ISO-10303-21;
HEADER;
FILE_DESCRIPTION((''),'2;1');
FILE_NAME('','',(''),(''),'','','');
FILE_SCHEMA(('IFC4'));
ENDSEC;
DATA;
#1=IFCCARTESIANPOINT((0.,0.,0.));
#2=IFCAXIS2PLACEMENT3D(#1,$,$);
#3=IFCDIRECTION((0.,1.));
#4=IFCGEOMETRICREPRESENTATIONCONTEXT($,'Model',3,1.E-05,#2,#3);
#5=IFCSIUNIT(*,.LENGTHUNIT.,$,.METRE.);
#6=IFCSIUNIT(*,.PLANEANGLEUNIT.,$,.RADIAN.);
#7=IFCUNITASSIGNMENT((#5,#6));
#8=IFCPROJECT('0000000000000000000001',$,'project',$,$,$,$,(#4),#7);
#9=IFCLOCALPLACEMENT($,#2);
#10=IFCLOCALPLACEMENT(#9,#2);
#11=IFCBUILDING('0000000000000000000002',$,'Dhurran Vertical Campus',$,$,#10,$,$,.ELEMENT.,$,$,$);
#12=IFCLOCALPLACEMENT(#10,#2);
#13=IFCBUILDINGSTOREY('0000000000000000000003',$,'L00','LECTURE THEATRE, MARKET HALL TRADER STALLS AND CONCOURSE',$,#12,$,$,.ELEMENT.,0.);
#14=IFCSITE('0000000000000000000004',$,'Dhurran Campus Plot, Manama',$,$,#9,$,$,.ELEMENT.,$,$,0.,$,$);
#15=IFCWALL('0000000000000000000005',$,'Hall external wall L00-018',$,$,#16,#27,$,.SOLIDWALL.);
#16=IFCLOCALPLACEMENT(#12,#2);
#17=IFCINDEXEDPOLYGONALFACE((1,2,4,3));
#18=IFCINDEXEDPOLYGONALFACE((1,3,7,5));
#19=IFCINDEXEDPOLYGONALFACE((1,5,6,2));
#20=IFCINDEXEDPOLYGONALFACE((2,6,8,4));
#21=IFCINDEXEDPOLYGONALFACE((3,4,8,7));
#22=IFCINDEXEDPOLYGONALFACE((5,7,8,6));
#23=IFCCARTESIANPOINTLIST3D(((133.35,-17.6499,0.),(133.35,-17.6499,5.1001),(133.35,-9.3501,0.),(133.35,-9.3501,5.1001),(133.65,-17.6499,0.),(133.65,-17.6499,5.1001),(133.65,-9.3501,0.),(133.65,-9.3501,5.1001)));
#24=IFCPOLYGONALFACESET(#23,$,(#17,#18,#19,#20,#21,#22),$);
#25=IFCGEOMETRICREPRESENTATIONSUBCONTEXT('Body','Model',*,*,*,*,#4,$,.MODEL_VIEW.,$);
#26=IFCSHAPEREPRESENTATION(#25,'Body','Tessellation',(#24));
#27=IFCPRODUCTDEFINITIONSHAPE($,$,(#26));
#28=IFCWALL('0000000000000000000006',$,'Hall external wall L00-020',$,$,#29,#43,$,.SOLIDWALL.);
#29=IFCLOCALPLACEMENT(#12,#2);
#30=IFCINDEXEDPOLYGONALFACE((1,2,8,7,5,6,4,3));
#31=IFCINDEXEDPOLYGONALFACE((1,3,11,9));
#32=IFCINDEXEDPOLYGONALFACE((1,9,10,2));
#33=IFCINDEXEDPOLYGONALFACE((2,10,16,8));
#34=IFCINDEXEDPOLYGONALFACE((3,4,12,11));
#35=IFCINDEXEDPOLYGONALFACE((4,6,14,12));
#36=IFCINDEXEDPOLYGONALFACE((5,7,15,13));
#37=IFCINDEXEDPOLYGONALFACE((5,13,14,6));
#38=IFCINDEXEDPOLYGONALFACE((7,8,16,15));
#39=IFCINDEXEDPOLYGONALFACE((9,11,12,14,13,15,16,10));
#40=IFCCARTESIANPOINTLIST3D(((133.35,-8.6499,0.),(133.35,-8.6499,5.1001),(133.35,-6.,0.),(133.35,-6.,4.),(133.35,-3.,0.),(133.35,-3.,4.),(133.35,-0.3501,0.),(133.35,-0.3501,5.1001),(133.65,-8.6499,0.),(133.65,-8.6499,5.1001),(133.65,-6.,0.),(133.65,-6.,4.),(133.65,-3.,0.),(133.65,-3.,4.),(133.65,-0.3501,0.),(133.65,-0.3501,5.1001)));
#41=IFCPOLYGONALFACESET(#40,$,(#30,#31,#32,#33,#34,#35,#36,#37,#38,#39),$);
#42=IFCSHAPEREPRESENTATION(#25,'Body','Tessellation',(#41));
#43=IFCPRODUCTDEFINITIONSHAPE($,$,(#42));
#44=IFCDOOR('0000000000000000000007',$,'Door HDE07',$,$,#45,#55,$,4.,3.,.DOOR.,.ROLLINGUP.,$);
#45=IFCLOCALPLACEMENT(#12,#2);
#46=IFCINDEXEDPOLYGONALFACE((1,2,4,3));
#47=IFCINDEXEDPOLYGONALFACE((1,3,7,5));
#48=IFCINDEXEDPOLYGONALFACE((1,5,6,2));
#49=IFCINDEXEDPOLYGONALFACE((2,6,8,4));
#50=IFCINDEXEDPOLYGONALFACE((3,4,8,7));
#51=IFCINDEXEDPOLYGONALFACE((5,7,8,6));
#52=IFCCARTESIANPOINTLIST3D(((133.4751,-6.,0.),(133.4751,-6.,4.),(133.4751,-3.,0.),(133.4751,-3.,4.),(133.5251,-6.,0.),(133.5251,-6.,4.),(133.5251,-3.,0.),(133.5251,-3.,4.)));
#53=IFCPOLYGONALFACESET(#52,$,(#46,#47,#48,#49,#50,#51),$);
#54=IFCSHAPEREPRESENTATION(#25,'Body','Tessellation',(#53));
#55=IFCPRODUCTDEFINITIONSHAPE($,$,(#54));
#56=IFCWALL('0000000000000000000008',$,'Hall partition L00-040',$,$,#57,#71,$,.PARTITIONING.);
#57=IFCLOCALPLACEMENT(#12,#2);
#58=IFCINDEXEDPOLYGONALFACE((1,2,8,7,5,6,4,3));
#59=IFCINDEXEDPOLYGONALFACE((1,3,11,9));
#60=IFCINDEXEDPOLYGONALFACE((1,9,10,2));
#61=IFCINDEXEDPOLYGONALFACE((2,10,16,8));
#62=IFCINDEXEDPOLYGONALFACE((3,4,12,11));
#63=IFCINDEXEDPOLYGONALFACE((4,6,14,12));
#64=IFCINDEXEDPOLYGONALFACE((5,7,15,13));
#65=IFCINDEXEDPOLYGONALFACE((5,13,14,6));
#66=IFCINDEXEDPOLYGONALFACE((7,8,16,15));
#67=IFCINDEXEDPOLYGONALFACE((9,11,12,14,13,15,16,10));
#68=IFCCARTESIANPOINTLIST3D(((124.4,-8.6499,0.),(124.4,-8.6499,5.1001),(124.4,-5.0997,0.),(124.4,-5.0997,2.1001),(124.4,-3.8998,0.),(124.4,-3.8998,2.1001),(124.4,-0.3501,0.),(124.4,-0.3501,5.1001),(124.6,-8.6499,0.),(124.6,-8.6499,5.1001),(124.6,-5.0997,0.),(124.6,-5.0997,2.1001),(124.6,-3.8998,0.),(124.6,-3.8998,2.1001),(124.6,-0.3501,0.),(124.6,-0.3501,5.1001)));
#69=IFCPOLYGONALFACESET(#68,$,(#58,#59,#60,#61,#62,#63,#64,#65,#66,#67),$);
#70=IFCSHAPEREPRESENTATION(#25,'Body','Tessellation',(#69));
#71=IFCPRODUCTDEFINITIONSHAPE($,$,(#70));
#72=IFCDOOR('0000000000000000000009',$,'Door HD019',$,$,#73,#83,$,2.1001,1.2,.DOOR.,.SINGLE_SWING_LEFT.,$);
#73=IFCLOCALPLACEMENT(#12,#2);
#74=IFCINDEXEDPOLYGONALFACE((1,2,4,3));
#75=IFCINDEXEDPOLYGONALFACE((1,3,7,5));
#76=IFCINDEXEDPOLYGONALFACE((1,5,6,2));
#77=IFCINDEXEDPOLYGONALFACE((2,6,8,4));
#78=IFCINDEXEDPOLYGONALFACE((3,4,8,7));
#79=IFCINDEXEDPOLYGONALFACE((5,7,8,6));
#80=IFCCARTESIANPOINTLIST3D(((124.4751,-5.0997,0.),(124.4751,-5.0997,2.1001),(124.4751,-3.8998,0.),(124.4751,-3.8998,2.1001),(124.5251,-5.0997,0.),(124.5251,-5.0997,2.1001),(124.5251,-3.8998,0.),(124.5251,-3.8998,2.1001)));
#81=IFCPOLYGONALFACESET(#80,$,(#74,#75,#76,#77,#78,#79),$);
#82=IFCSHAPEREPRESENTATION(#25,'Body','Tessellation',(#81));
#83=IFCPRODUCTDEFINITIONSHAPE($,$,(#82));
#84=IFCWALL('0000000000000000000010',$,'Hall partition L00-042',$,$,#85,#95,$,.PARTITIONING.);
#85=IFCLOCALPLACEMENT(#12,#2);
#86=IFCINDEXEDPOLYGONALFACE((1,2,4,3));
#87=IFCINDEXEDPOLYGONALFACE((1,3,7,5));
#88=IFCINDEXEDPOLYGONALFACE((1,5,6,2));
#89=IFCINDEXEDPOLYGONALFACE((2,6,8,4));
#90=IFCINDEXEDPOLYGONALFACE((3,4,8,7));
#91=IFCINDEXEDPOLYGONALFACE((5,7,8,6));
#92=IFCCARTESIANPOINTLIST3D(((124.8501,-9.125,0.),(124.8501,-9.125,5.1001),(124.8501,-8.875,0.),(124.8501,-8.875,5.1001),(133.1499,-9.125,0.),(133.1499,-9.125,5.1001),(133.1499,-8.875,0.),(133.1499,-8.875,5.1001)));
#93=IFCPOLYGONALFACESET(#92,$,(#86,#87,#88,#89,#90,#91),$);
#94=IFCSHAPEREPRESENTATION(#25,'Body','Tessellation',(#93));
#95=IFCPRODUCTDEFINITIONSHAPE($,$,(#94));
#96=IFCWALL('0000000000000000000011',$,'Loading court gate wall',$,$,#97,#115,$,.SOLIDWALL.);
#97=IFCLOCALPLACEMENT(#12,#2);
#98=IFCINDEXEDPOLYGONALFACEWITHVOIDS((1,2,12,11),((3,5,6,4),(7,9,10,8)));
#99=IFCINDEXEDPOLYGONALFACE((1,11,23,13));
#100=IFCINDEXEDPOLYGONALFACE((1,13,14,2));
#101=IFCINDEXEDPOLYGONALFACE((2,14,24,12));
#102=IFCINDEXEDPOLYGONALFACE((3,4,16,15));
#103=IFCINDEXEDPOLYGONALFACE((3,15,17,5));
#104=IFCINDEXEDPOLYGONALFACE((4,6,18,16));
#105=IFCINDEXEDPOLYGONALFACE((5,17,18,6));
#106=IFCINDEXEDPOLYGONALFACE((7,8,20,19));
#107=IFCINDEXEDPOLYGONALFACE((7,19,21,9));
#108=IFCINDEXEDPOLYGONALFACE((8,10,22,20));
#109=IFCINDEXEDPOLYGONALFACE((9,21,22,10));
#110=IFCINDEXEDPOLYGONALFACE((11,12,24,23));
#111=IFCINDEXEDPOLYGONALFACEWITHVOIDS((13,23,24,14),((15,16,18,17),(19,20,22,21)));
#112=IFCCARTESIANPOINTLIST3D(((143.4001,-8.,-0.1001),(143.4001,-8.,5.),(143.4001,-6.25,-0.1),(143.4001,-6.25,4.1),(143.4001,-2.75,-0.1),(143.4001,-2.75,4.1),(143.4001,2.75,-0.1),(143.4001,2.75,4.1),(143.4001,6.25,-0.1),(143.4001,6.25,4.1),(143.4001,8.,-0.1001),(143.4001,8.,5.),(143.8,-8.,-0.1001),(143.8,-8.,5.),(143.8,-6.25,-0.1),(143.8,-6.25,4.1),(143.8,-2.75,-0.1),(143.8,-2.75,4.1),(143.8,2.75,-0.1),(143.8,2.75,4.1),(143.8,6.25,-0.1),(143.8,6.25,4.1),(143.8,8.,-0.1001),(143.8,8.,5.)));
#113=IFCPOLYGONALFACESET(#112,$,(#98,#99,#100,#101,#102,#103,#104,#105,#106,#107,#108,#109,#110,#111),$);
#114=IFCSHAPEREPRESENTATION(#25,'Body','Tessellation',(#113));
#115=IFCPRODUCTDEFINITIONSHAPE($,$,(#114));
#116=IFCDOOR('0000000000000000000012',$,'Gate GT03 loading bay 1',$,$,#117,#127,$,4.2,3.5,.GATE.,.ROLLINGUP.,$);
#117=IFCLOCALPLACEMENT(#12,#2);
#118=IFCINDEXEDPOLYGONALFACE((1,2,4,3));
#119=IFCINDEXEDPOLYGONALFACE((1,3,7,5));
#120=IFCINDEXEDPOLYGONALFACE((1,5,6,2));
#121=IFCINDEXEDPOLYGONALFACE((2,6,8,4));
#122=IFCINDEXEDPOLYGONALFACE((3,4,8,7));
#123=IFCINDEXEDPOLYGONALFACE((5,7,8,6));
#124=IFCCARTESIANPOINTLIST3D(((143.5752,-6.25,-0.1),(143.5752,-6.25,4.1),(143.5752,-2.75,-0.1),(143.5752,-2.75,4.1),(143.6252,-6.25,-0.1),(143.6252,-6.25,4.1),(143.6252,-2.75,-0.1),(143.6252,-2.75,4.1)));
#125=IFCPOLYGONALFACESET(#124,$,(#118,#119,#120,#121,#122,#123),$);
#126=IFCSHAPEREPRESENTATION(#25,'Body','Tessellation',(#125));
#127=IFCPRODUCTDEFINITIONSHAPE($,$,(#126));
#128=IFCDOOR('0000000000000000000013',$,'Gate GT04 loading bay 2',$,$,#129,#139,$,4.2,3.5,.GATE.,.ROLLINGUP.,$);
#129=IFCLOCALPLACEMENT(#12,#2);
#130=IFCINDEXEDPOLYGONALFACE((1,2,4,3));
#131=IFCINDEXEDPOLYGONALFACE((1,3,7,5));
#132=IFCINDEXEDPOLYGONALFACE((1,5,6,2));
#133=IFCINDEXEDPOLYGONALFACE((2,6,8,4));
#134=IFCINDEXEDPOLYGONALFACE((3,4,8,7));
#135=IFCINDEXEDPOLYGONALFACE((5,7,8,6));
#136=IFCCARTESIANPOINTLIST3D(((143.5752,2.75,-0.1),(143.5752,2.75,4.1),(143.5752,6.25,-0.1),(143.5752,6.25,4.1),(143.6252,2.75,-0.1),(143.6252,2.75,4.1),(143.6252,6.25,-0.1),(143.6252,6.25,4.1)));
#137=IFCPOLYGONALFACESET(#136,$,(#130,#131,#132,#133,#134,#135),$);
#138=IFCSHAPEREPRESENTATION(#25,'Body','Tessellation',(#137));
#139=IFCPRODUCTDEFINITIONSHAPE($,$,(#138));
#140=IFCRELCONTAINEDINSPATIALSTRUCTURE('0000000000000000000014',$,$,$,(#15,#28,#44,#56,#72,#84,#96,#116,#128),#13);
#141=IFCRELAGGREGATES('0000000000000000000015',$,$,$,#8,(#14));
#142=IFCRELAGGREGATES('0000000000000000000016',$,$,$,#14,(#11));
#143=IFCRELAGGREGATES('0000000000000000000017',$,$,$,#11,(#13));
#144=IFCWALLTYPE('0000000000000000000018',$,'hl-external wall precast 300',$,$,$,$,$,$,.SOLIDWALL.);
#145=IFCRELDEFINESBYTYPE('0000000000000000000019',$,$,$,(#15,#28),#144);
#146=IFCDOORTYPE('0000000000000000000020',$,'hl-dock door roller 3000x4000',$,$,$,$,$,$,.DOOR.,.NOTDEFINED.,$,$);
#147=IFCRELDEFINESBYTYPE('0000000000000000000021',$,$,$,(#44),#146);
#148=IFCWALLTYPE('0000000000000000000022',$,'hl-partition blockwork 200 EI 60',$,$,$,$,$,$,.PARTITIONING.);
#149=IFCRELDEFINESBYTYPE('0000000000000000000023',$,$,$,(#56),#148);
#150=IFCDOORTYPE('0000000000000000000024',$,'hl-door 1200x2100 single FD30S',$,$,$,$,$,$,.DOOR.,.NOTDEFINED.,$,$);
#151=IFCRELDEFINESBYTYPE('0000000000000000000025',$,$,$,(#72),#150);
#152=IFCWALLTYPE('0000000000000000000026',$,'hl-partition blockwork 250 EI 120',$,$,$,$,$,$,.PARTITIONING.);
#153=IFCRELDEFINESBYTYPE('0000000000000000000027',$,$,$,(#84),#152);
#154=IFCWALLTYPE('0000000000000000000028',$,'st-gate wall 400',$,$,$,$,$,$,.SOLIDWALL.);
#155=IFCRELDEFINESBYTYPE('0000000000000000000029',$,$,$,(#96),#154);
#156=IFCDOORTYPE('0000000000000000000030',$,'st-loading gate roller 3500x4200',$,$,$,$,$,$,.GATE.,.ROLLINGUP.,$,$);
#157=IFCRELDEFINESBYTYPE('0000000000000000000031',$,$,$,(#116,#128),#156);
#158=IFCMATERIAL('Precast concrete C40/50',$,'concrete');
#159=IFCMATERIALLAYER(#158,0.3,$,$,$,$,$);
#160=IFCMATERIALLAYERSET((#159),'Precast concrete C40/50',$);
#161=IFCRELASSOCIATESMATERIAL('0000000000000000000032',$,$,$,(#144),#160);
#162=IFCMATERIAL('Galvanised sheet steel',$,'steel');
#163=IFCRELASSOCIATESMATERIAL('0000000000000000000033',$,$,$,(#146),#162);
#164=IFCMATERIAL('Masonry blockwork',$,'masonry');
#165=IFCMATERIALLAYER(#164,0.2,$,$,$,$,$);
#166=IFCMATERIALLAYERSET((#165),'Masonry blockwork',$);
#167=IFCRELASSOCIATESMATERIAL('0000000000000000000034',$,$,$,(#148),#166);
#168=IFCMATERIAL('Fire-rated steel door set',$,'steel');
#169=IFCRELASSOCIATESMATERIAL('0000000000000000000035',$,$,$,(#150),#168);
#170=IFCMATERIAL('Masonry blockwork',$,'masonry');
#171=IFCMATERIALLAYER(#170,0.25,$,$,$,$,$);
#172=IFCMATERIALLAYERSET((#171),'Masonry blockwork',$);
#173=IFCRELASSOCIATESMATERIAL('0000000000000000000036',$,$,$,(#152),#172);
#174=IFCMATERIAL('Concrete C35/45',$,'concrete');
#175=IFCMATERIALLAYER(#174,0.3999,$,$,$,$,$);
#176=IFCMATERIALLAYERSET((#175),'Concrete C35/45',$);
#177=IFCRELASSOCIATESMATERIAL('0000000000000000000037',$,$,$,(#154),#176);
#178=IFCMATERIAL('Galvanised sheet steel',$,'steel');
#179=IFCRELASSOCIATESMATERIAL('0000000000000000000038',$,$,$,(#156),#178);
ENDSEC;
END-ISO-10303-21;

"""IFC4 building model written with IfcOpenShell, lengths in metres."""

from ifc_helpers import new_model, si_unit, direction, frame, frame_2d, origin, place, context, subcontext, project, spatial, rectangle, extrude, material, layer, layer_set, type_object, element, fill, save


model = new_model("IFC4")

# Units and contexts
model_context = context("Model", 3, precision=1e-05, world=origin(), true_north=direction((0.0, 1.0)))
body_context = subcontext(model_context, "Body", "Model", "MODEL_VIEW")
ifc_project = project(units=[si_unit("LENGTHUNIT", "METRE"), si_unit("PLANEANGLEUNIT", "RADIAN")], contexts=[model_context])

# Site, building, storey
site_placement = place(None, origin())
site = spatial("IfcSite", under=ifc_project, at=site_placement, Name="Dhurran Campus Plot, Manama", CompositionType="ELEMENT", RefElevation=0.0)
building_placement = place(site_placement, origin())
building = spatial("IfcBuilding", under=site, at=building_placement, Name="Dhurran Vertical Campus", CompositionType="ELEMENT")
storey_placement = place(building_placement, origin())
storey = spatial("IfcBuildingStorey", under=building, at=storey_placement, Name="L00", Description="LECTURE THEATRE, MARKET HALL TRADER STALLS AND CONCOURSE", CompositionType="ELEMENT", Elevation=0.0)

# Wall
ifc_material_1 = material(Name="Precast concrete C40/50", Category="concrete")
ifc_layer_1 = layer(ifc_material_1, 0.3)
ifc_layer_set_1 = layer_set([ifc_layer_1], Name="Precast concrete C40/50")
wall_type_1 = type_object("IfcWallType", Name="hl-external wall precast 300", PredefinedType="SOLIDWALL", material=ifc_layer_set_1)
wall_1_placement = place(storey_placement, frame((133.5, -17.6499, 0.0), z_axis=(0.0, 0.0, 1.0), x_axis=(0.0, 1.0, 0.0)))
element("IfcWall", 1, at=wall_1_placement, inside=storey, type_object=wall_type_1, Name="Hall external wall L00-018", PredefinedType="SOLIDWALL", context=body_context, shape_type="SweptSolid", body=[
    extrude(rectangle(XDim=8.2998, YDim=0.3, at=frame_2d((4.1499, 0.0))), origin(), (0.0, 0.0, 1.0), 5.1001),
])

# Walls, openings, doors
wall_2_placement = place(storey_placement, frame((133.5, -8.6499, 0.0), z_axis=(0.0, 0.0, 1.0), x_axis=(0.0, 1.0, 0.0)))
wall_2 = element("IfcWall", 2, at=wall_2_placement, inside=storey, type_object=wall_type_1, Name="Hall external wall L00-020", PredefinedType="SOLIDWALL", context=body_context, shape_type="SweptSolid", body=[
    extrude(rectangle(XDim=8.2998, YDim=0.3, at=frame_2d((4.1499, 0.0))), origin(), (0.0, 0.0, 1.0), 5.1001),
])
opening_1_placement = place(wall_2_placement, frame((2.6499, 0.0, 0.0)))
opening_1 = element("IfcOpeningElement", 3, at=opening_1_placement, cuts=wall_2, PredefinedType="OPENING", context=body_context, shape_type="SweptSolid", body=[
    extrude(rectangle(XDim=3.0, YDim=4.0, at=frame_2d((1.5, 2.0))), frame((0.0, 0.1599, 0.0), z_axis=(0.0, -1.0, 0.0), x_axis=(1.0, 0.0, 0.0)), (0.0, 0.0, 1.0), 0.3201),
])
ifc_material_2 = material(Name="Galvanised sheet steel", Category="steel")
door_type_1 = type_object("IfcDoorType", Name="hl-dock door roller 3000x4000", OperationType="NOTDEFINED", PredefinedType="DOOR", material=ifc_material_2)
door_1_placement = place(opening_1_placement, origin())
door_1 = element("IfcDoor", 4, at=door_1_placement, inside=storey, type_object=door_type_1, Name="Door HDE07", OperationType="ROLLINGUP", OverallHeight=4.0, OverallWidth=3.0, PredefinedType="DOOR", context=body_context, shape_type="SweptSolid", body=[
    extrude(rectangle(XDim=3.0, YDim=4.0, at=frame_2d((1.5, 2.0))), frame((0.0, 0.0249, 0.0), z_axis=(0.0, -1.0, 0.0), x_axis=(1.0, 0.0, 0.0)), (0.0, 0.0, 1.0), 0.05),
])
fill(opening_1, door_1)
ifc_material_3 = material(Name="Masonry blockwork", Category="masonry")
ifc_layer_2 = layer(ifc_material_3, 0.2)
ifc_layer_set_2 = layer_set([ifc_layer_2], Name="Masonry blockwork")
wall_type_2 = type_object("IfcWallType", Name="hl-partition blockwork 200 EI 60", PredefinedType="PARTITIONING", material=ifc_layer_set_2)
wall_3_placement = place(storey_placement, frame((124.5, -8.6499, 0.0), z_axis=(0.0, 0.0, 1.0), x_axis=(0.0, 1.0, 0.0)))
wall_3 = element("IfcWall", 5, at=wall_3_placement, inside=storey, type_object=wall_type_2, Name="Hall partition L00-040", PredefinedType="PARTITIONING", context=body_context, shape_type="SweptSolid", body=[
    extrude(rectangle(XDim=8.2998, YDim=0.2, at=frame_2d((4.1499, 0.0))), origin(), (0.0, 0.0, 1.0), 5.1001),
])
opening_2_placement = place(wall_3_placement, frame((3.55, 0.0, 0.0)))
opening_2 = element("IfcOpeningElement", 6, at=opening_2_placement, cuts=wall_3, PredefinedType="OPENING", context=body_context, shape_type="SweptSolid", body=[
    extrude(rectangle(XDim=1.2, YDim=2.1001, at=frame_2d((0.6001, 1.05))), frame((0.0, 0.1099, 0.0), z_axis=(0.0, -1.0, 0.0), x_axis=(1.0, 0.0, 0.0)), (0.0, 0.0, 1.0), 0.22),
])
ifc_material_4 = material(Name="Fire-rated steel door set", Category="steel")
door_type_2 = type_object("IfcDoorType", Name="hl-door 1200x2100 single FD30S", OperationType="NOTDEFINED", PredefinedType="DOOR", material=ifc_material_4)
door_2_placement = place(opening_2_placement, origin())
door_2 = element("IfcDoor", 7, at=door_2_placement, inside=storey, type_object=door_type_2, Name="Door HD019", OperationType="SINGLE_SWING_LEFT", OverallHeight=2.1001, OverallWidth=1.2, PredefinedType="DOOR", context=body_context, shape_type="SweptSolid", body=[
    extrude(rectangle(XDim=1.2, YDim=2.1001, at=frame_2d((0.6001, 1.05))), frame((0.0, 0.0249, 0.0), z_axis=(0.0, -1.0, 0.0), x_axis=(1.0, 0.0, 0.0)), (0.0, 0.0, 1.0), 0.05),
])
fill(opening_2, door_2)

# Wall
ifc_material_5 = material(Name="Masonry blockwork", Category="masonry")
ifc_layer_3 = layer(ifc_material_5, 0.25)
ifc_layer_set_3 = layer_set([ifc_layer_3], Name="Masonry blockwork")
wall_type_3 = type_object("IfcWallType", Name="hl-partition blockwork 250 EI 120", PredefinedType="PARTITIONING", material=ifc_layer_set_3)
wall_4_placement = place(storey_placement, frame((124.8501, -9.0, 0.0), z_axis=(0.0, 0.0, 1.0), x_axis=(1.0, 0.0, 0.0)))
element("IfcWall", 8, at=wall_4_placement, inside=storey, type_object=wall_type_3, Name="Hall partition L00-042", PredefinedType="PARTITIONING", context=body_context, shape_type="SweptSolid", body=[
    extrude(rectangle(XDim=8.2998, YDim=0.25, at=frame_2d((4.1499, 0.0))), origin(), (0.0, 0.0, 1.0), 5.1001),
])

# Wall, openings, doors
ifc_material_6 = material(Name="Concrete C35/45", Category="concrete")
ifc_layer_4 = layer(ifc_material_6, 0.3999)
ifc_layer_set_4 = layer_set([ifc_layer_4], Name="Concrete C35/45")
wall_type_4 = type_object("IfcWallType", Name="st-gate wall 400", PredefinedType="SOLIDWALL", material=ifc_layer_set_4)
wall_5_placement = place(storey_placement, frame((143.6001, -8.0, -0.1001), z_axis=(0.0, 0.0, 1.0), x_axis=(0.0, 1.0, 0.0)))
wall_5 = element("IfcWall", 9, at=wall_5_placement, inside=storey, type_object=wall_type_4, Name="Loading court gate wall", PredefinedType="SOLIDWALL", context=body_context, shape_type="SweptSolid", body=[
    extrude(rectangle(XDim=16.0, YDim=0.3999, at=frame_2d((8.0, 0.0))), origin(), (0.0, 0.0, 1.0), 5.1001),
])
opening_3_placement = place(wall_5_placement, frame((1.75, 0.0, 0.0)))
opening_3 = element("IfcOpeningElement", 10, at=opening_3_placement, cuts=wall_5, PredefinedType="OPENING", context=body_context, shape_type="SweptSolid", body=[
    extrude(rectangle(XDim=3.5, YDim=4.2, at=frame_2d((1.75, 2.1001))), frame((0.0, 0.21, 0.0), z_axis=(0.0, -1.0, 0.0), x_axis=(1.0, 0.0, 0.0)), (0.0, 0.0, 1.0), 0.4199),
])
opening_4_placement = place(wall_5_placement, frame((10.75, 0.0, 0.0)))
opening_4 = element("IfcOpeningElement", 11, at=opening_4_placement, cuts=wall_5, PredefinedType="OPENING", context=body_context, shape_type="SweptSolid", body=[
    extrude(rectangle(XDim=3.5, YDim=4.2, at=frame_2d((1.75, 2.1001))), frame((0.0, 0.21, 0.0), z_axis=(0.0, -1.0, 0.0), x_axis=(1.0, 0.0, 0.0)), (0.0, 0.0, 1.0), 0.4199),
])
ifc_material_7 = material(Name="Galvanised sheet steel", Category="steel")
door_type_3 = type_object("IfcDoorType", Name="st-loading gate roller 3500x4200", OperationType="ROLLINGUP", PredefinedType="GATE", material=ifc_material_7)
door_3_placement = place(opening_3_placement, origin())
door_3 = element("IfcDoor", 12, at=door_3_placement, inside=storey, type_object=door_type_3, Name="Gate GT03 loading bay 1", OperationType="ROLLINGUP", OverallHeight=4.2, OverallWidth=3.5, PredefinedType="GATE", context=body_context, shape_type="SweptSolid", body=[
    extrude(rectangle(XDim=3.5, YDim=4.2, at=frame_2d((1.75, 2.1001))), frame((0.0, 0.0249, 0.0), z_axis=(0.0, -1.0, 0.0), x_axis=(1.0, 0.0, 0.0)), (0.0, 0.0, 1.0), 0.05),
])
fill(opening_3, door_3)
door_4_placement = place(opening_4_placement, origin())
door_4 = element("IfcDoor", 13, at=door_4_placement, inside=storey, type_object=door_type_3, Name="Gate GT04 loading bay 2", OperationType="ROLLINGUP", OverallHeight=4.2, OverallWidth=3.5, PredefinedType="GATE", context=body_context, shape_type="SweptSolid", body=[
    extrude(rectangle(XDim=3.5, YDim=4.2, at=frame_2d((1.75, 2.1001))), frame((0.0, 0.0249, 0.0), z_axis=(0.0, -1.0, 0.0), x_axis=(1.0, 0.0, 0.0)), (0.0, 0.0, 1.0), 0.05),
])
fill(opening_4, door_4)

save(model, "model.ifc")
